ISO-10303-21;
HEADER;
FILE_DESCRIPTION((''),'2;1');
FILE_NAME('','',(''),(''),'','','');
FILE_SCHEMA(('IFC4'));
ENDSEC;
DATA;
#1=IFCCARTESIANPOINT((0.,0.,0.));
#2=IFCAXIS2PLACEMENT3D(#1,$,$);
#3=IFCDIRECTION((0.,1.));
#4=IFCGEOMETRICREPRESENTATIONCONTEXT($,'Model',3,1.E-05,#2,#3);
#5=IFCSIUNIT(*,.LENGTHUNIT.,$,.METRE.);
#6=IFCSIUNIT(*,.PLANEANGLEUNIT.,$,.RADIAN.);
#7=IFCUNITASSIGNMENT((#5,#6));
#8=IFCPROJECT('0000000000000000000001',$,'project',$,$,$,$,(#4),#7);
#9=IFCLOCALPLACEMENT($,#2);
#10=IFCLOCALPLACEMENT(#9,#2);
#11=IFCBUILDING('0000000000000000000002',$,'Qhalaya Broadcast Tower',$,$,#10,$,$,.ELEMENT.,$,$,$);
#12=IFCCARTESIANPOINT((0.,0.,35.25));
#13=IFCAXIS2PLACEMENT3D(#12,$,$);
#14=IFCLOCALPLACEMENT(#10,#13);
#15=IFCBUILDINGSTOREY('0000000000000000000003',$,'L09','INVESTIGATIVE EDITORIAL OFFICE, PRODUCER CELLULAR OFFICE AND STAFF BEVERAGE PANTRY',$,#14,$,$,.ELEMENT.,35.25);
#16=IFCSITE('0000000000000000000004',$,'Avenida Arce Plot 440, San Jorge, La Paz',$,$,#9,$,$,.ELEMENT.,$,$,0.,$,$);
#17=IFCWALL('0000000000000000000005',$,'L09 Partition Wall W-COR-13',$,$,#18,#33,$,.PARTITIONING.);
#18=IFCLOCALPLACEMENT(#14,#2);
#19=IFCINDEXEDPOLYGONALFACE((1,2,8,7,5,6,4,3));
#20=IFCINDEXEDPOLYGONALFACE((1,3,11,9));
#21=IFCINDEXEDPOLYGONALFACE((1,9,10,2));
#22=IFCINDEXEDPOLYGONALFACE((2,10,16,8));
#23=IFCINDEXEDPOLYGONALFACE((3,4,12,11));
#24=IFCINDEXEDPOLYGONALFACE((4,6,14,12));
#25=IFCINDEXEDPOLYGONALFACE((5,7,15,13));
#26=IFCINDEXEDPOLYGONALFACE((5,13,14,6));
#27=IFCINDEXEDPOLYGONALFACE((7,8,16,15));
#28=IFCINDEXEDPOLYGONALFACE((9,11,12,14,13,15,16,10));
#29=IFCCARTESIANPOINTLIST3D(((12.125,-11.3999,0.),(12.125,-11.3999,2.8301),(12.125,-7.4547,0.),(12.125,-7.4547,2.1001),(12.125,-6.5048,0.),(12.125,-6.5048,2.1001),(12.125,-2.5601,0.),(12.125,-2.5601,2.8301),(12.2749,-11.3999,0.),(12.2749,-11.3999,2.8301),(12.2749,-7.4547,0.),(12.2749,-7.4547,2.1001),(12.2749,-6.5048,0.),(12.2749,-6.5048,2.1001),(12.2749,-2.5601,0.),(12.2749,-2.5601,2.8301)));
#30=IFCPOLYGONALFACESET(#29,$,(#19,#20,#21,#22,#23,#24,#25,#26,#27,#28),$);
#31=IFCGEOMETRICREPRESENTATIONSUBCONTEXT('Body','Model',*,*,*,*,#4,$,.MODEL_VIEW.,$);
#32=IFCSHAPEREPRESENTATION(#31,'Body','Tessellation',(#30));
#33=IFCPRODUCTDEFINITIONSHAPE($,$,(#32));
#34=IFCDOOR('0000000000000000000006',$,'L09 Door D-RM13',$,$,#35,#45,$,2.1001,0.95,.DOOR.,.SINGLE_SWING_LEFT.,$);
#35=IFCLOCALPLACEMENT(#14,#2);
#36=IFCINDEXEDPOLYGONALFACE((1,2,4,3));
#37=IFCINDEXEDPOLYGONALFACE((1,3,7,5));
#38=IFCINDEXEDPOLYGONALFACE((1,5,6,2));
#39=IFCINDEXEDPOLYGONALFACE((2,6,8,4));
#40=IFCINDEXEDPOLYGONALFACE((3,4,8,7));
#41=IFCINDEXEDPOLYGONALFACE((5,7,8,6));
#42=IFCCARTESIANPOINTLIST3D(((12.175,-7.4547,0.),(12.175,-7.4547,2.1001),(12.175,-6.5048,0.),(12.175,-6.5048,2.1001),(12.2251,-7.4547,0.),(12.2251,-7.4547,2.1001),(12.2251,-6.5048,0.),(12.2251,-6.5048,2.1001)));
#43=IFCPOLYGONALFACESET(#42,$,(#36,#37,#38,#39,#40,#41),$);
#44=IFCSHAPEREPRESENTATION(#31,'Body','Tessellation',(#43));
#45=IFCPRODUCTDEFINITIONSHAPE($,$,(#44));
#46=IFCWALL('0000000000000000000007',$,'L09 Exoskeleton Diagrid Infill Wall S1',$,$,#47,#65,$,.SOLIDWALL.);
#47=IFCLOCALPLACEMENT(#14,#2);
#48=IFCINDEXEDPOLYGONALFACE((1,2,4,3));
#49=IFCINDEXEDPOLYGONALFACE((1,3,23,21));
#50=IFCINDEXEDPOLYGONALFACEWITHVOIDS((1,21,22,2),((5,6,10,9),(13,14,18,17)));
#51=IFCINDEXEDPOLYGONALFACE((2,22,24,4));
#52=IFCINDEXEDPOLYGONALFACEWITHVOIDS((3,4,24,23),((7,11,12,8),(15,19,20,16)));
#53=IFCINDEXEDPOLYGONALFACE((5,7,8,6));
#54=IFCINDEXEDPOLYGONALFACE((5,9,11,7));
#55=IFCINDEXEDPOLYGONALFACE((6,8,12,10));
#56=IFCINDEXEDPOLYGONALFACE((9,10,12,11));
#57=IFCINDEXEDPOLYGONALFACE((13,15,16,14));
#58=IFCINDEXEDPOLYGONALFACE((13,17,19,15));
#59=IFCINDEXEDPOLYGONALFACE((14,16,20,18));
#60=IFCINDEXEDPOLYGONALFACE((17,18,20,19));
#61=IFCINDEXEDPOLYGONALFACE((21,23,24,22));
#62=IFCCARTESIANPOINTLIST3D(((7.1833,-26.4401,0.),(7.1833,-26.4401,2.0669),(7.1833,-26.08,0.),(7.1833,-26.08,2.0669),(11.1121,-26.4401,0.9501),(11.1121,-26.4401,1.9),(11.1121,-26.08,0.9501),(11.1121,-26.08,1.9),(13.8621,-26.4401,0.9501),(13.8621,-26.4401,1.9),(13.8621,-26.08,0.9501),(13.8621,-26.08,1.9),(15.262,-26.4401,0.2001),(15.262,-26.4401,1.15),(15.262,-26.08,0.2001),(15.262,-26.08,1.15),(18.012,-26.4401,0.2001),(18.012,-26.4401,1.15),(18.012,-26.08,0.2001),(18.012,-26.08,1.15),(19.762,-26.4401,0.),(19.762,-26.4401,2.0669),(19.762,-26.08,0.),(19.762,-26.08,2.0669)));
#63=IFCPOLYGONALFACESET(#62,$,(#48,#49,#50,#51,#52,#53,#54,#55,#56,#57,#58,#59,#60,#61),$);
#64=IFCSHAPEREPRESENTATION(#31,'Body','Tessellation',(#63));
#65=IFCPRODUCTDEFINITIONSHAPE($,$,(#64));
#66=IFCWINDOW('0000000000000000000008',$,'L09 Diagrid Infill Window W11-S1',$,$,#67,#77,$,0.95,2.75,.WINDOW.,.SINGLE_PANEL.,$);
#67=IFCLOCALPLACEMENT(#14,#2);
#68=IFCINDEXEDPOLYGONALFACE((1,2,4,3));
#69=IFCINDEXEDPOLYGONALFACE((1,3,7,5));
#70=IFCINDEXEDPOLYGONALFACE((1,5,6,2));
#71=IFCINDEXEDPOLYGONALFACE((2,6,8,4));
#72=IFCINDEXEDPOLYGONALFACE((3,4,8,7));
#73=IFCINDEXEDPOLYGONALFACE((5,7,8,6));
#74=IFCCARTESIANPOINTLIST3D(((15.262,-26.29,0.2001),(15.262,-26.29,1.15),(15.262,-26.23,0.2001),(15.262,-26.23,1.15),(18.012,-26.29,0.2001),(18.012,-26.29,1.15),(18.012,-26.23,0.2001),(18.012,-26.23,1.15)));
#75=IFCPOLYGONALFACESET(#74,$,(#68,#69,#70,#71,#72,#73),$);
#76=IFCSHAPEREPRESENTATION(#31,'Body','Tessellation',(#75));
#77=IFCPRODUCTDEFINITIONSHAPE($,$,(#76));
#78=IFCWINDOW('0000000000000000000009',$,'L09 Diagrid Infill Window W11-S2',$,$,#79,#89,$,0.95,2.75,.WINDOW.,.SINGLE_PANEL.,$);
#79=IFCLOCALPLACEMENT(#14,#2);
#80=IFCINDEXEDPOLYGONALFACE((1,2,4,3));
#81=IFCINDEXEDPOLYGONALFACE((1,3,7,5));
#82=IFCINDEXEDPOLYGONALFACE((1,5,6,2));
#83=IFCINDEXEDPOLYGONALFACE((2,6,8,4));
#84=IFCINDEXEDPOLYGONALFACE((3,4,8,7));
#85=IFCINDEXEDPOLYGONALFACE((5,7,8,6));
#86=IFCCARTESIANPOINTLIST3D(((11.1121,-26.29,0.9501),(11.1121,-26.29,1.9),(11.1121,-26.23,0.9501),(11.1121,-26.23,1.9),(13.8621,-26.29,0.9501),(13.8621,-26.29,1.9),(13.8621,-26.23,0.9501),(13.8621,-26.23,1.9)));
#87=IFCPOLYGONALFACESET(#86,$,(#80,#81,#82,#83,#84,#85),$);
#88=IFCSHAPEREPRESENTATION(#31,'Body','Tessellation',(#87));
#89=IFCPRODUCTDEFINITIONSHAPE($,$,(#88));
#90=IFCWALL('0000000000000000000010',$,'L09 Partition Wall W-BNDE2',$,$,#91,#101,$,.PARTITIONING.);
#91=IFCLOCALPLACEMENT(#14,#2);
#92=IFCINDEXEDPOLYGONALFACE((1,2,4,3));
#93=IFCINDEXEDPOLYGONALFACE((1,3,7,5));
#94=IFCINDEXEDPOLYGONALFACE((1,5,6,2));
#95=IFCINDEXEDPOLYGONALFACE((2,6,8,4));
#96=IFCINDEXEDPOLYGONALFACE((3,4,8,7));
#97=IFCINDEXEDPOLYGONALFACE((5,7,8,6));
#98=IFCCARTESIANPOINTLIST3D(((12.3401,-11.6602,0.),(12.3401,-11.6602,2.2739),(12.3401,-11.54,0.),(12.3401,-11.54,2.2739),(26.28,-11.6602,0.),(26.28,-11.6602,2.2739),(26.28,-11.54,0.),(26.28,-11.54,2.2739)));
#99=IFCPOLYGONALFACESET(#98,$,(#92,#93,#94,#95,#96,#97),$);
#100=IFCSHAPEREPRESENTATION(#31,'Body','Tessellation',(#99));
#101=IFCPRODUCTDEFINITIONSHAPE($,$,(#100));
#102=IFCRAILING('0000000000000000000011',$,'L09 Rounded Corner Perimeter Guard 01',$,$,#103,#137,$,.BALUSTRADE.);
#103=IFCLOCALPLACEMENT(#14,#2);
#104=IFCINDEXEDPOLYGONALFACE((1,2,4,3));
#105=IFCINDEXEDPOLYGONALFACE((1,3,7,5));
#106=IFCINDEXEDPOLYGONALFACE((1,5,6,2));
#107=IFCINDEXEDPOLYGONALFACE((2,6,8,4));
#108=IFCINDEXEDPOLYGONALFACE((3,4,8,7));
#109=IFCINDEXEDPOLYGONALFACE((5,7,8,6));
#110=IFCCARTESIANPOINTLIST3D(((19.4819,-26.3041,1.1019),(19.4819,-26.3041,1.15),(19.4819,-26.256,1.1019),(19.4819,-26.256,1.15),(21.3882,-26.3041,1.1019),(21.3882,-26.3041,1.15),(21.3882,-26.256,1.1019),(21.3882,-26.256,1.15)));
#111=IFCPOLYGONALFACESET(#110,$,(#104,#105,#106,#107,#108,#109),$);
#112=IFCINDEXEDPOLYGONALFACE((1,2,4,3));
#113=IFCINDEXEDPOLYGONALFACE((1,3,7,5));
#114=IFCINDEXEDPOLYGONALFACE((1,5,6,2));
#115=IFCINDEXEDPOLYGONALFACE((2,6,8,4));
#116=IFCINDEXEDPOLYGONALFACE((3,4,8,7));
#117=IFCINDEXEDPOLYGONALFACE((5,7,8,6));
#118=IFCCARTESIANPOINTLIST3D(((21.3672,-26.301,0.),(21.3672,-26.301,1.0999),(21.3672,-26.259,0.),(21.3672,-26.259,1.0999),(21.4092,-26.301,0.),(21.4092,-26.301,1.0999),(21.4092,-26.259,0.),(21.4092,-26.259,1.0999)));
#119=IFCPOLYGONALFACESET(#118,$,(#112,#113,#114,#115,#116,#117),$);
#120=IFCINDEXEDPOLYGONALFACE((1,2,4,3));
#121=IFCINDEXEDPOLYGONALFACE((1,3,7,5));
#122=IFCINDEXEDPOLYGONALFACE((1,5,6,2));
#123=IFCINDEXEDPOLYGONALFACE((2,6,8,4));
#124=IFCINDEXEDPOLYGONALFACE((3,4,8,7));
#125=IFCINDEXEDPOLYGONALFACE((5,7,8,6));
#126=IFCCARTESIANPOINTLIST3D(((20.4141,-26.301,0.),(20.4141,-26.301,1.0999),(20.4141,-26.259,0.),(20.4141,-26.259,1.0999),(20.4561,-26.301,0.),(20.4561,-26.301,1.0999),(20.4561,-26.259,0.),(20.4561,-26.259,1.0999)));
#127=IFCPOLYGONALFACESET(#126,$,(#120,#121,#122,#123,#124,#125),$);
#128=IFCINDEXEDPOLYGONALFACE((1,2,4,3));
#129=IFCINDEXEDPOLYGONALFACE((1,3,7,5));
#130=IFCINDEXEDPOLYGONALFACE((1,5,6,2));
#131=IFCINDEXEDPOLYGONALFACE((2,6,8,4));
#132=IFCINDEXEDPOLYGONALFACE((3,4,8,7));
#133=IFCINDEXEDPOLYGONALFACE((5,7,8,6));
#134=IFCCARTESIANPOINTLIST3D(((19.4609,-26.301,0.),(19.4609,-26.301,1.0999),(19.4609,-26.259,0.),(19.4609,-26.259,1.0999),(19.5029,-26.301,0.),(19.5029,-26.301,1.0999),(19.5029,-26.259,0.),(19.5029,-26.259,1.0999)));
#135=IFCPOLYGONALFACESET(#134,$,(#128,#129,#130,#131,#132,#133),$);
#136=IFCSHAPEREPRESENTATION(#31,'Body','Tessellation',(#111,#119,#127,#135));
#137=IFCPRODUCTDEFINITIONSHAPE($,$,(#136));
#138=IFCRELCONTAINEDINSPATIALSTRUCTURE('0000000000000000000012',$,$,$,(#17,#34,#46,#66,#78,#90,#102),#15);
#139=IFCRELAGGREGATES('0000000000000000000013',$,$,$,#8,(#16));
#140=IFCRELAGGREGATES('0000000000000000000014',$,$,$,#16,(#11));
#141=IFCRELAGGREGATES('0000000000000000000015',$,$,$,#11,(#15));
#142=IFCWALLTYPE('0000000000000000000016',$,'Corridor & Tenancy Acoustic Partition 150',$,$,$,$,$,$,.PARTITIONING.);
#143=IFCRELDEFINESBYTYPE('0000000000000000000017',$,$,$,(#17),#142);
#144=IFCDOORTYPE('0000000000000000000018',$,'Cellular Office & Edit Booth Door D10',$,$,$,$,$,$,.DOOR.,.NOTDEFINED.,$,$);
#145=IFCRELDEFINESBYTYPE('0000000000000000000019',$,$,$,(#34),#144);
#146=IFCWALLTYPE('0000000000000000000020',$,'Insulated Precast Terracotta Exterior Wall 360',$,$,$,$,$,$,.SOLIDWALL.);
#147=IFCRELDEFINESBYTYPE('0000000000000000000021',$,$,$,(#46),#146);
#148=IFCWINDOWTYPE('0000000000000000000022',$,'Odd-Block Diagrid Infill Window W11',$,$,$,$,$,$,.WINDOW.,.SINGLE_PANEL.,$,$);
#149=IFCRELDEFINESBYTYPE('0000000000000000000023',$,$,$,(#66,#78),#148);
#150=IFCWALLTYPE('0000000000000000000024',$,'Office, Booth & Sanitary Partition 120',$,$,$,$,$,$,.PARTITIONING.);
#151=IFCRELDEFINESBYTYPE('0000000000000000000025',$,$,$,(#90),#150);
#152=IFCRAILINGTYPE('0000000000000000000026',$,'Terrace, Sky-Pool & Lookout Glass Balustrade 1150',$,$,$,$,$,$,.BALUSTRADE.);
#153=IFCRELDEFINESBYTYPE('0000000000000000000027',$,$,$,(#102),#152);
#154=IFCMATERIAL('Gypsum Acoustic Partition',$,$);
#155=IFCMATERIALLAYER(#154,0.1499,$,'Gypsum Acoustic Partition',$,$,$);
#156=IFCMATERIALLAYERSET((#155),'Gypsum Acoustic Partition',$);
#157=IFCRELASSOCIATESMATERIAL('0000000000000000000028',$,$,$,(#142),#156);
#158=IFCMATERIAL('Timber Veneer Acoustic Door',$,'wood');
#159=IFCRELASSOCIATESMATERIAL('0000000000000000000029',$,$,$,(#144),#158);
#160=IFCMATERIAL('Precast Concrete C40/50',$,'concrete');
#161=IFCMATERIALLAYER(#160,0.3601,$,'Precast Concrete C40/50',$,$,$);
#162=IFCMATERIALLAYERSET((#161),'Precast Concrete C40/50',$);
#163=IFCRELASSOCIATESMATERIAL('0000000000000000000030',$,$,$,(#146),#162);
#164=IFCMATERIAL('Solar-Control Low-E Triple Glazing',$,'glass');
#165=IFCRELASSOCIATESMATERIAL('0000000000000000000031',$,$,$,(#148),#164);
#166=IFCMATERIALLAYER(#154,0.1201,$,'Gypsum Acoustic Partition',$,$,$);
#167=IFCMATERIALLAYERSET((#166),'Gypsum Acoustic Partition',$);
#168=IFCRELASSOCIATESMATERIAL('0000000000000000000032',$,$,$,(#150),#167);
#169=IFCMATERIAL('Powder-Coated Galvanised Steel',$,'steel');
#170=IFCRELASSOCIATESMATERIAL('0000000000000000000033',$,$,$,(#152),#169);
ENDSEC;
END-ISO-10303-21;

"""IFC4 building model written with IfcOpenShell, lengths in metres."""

from ifc_helpers import new_model, si_unit, direction, frame, frame_2d, origin, origin_2d, place, context, subcontext, project, spatial, rectangle, extrude, material, layer, layer_set, type_object, element, fill, save


model = new_model("IFC4")

# Units and contexts
model_context = context("Model", 3, precision=1e-05, world=origin(), true_north=direction((0.0, 1.0)))
body_context = subcontext(model_context, "Body", "Model", "MODEL_VIEW")
ifc_project = project(units=[si_unit("LENGTHUNIT", "METRE"), si_unit("PLANEANGLEUNIT", "RADIAN")], contexts=[model_context])

# Site, building, storey
site_placement = place(None, origin())
site = spatial("IfcSite", under=ifc_project, at=site_placement, Name="Avenida Arce Plot 440, San Jorge, La Paz", CompositionType="ELEMENT", RefElevation=0.0)
building_placement = place(site_placement, origin())
building = spatial("IfcBuilding", under=site, at=building_placement, Name="Qhalaya Broadcast Tower", CompositionType="ELEMENT")
storey_placement = place(building_placement, frame((0.0, 0.0, 35.25)))
storey = spatial("IfcBuildingStorey", under=building, at=storey_placement, Name="L09", Description="INVESTIGATIVE EDITORIAL OFFICE, PRODUCER CELLULAR OFFICE AND STAFF BEVERAGE PANTRY", CompositionType="ELEMENT", Elevation=35.25)

# Wall, opening, door
ifc_material_1 = material(Name="Gypsum Acoustic Partition")
ifc_layer_1 = layer(ifc_material_1, 0.1499, Name="Gypsum Acoustic Partition")
ifc_layer_set_1 = layer_set([ifc_layer_1], Name="Gypsum Acoustic Partition")
wall_type_1 = type_object("IfcWallType", Name="Corridor & Tenancy Acoustic Partition 150", PredefinedType="PARTITIONING", material=ifc_layer_set_1)
wall_1_placement = place(storey_placement, frame((12.2, -11.3999, 0.0), z_axis=(0.0, 0.0, 1.0), x_axis=(0.0, 1.0, 0.0)))
wall_1 = element("IfcWall", 1, at=wall_1_placement, inside=storey, type_object=wall_type_1, Name="L09 Partition Wall W-COR-13", PredefinedType="PARTITIONING", context=body_context, shape_type="SweptSolid", body=[
    extrude(rectangle(XDim=8.8398, YDim=0.1499, at=frame_2d((4.4199, 0.0))), origin(), (0.0, 0.0, 1.0), 2.8301),
])
opening_1_placement = place(wall_1_placement, frame((3.9451, 0.0, 0.0)))
opening_1 = element("IfcOpeningElement", 2, at=opening_1_placement, cuts=wall_1, PredefinedType="OPENING", context=body_context, shape_type="SweptSolid", body=[
    extrude(rectangle(XDim=0.95, YDim=2.1001, at=frame_2d((0.4751, 1.05))), frame((0.0, 0.0869, 0.0), z_axis=(0.0, -1.0, 0.0), x_axis=(1.0, 0.0, 0.0)), (0.0, 0.0, 1.0), 0.1738),
])
ifc_material_2 = material(Name="Timber Veneer Acoustic Door", Category="wood")
door_type = type_object("IfcDoorType", Name="Cellular Office & Edit Booth Door D10", OperationType="NOTDEFINED", PredefinedType="DOOR", material=ifc_material_2)
door_placement = place(opening_1_placement, origin())
door = element("IfcDoor", 3, at=door_placement, inside=storey, type_object=door_type, Name="L09 Door D-RM13", OperationType="SINGLE_SWING_LEFT", OverallHeight=2.1001, OverallWidth=0.95, PredefinedType="DOOR", context=body_context, shape_type="SweptSolid", body=[
    extrude(rectangle(XDim=0.95, YDim=2.1001, at=frame_2d((0.4751, 1.05))), frame((0.0, 0.0249, 0.0), z_axis=(0.0, -1.0, 0.0), x_axis=(1.0, 0.0, 0.0)), (0.0, 0.0, 1.0), 0.05),
])
fill(opening_1, door)

# Wall, openings, windows
ifc_material_3 = material(Name="Precast Concrete C40/50", Category="concrete")
ifc_layer_2 = layer(ifc_material_3, 0.3601, Name="Precast Concrete C40/50")
ifc_layer_set_2 = layer_set([ifc_layer_2], Name="Precast Concrete C40/50")
wall_type_2 = type_object("IfcWallType", Name="Insulated Precast Terracotta Exterior Wall 360", PredefinedType="SOLIDWALL", material=ifc_layer_set_2)
wall_2_placement = place(storey_placement, frame((19.762, -26.26, 0.0), z_axis=(0.0, 0.0, 1.0), x_axis=(-1.0, 0.0, 0.0)))
wall_2 = element("IfcWall", 4, at=wall_2_placement, inside=storey, type_object=wall_type_2, Name="L09 Exoskeleton Diagrid Infill Wall S1", PredefinedType="SOLIDWALL", context=body_context, shape_type="SweptSolid", body=[
    extrude(rectangle(XDim=12.5786, YDim=0.3601, at=frame_2d((6.2893, 0.0))), origin(), (0.0, 0.0, 1.0), 2.0669),
])
opening_2_placement = place(wall_2_placement, frame((1.75, 0.0, 0.2)))
opening_2 = element("IfcOpeningElement", 5, at=opening_2_placement, cuts=wall_2, PredefinedType="OPENING", context=body_context, shape_type="SweptSolid", body=[
    extrude(rectangle(XDim=2.75, YDim=0.95, at=frame_2d((1.375, 0.4751))), frame((0.0, 0.1921, 0.0), z_axis=(0.0, -1.0, 0.0), x_axis=(1.0, 0.0, 0.0)), (0.0, 0.0, 1.0), 0.384),
])
opening_3_placement = place(wall_2_placement, frame((5.8999, 0.0, 0.95)))
opening_3 = element("IfcOpeningElement", 6, at=opening_3_placement, cuts=wall_2, PredefinedType="OPENING", context=body_context, shape_type="SweptSolid", body=[
    extrude(rectangle(XDim=2.75, YDim=0.95, at=frame_2d((1.375, 0.4751))), frame((0.0, 0.1921, 0.0), z_axis=(0.0, -1.0, 0.0), x_axis=(1.0, 0.0, 0.0)), (0.0, 0.0, 1.0), 0.384),
])
ifc_material_4 = material(Name="Solar-Control Low-E Triple Glazing", Category="glass")
window_type = type_object("IfcWindowType", Name="Odd-Block Diagrid Infill Window W11", PartitioningType="SINGLE_PANEL", PredefinedType="WINDOW", material=ifc_material_4)
window_1_placement = place(opening_2_placement, origin())
window_1 = element("IfcWindow", 7, at=window_1_placement, inside=storey, type_object=window_type, Name="L09 Diagrid Infill Window W11-S1", OverallHeight=0.95, OverallWidth=2.75, PartitioningType="SINGLE_PANEL", PredefinedType="WINDOW", context=body_context, shape_type="SweptSolid", body=[
    extrude(rectangle(XDim=2.75, YDim=0.95, at=frame_2d((1.375, 0.4751))), frame((0.0, 0.03, 0.0), z_axis=(0.0, -1.0, 0.0), x_axis=(1.0, 0.0, 0.0)), (0.0, 0.0, 1.0), 0.0601),
])
fill(opening_2, window_1)
window_2_placement = place(opening_3_placement, origin())
window_2 = element("IfcWindow", 8, at=window_2_placement, inside=storey, type_object=window_type, Name="L09 Diagrid Infill Window W11-S2", OverallHeight=0.95, OverallWidth=2.75, PartitioningType="SINGLE_PANEL", PredefinedType="WINDOW", context=body_context, shape_type="SweptSolid", body=[
    extrude(rectangle(XDim=2.75, YDim=0.95, at=frame_2d((1.375, 0.4751))), frame((0.0, 0.03, 0.0), z_axis=(0.0, -1.0, 0.0), x_axis=(1.0, 0.0, 0.0)), (0.0, 0.0, 1.0), 0.0601),
])
fill(opening_3, window_2)

# Wall
ifc_layer_3 = layer(ifc_material_1, 0.1201, Name="Gypsum Acoustic Partition")
ifc_layer_set_3 = layer_set([ifc_layer_3], Name="Gypsum Acoustic Partition")
wall_type_3 = type_object("IfcWallType", Name="Office, Booth & Sanitary Partition 120", PredefinedType="PARTITIONING", material=ifc_layer_set_3)
wall_3_placement = place(storey_placement, frame((12.3401, -11.6001, 0.0), z_axis=(0.0, 0.0, 1.0), x_axis=(1.0, 0.0, 0.0)))
element("IfcWall", 9, at=wall_3_placement, inside=storey, type_object=wall_type_3, Name="L09 Partition Wall W-BNDE2", PredefinedType="PARTITIONING", context=body_context, shape_type="SweptSolid", body=[
    extrude(rectangle(XDim=13.9399, YDim=0.1201, at=frame_2d((6.97, 0.0))), origin(), (0.0, 0.0, 1.0), 2.2739),
])

# Railing
ifc_material_5 = material(Name="Powder-Coated Galvanised Steel", Category="steel")
railing_type = type_object("IfcRailingType", Name="Terrace, Sky-Pool & Lookout Glass Balustrade 1150", PredefinedType="BALUSTRADE", material=ifc_material_5)
railing_1_placement = place(storey_placement, frame((21.3882, -26.28, 0.0)))
element("IfcRailing", 10, at=railing_1_placement, inside=storey, type_object=railing_type, Name="L09 Rounded Corner Perimeter Guard 01", PredefinedType="BALUSTRADE", context=body_context, shape_type="SweptSolid", body=[
    extrude(rectangle(XDim=0.0481, YDim=0.0481, at=origin_2d()), frame((0.0, 0.0, 1.126), z_axis=(-1.0, 0.0, 0.0), x_axis=(0.0, -1.0, 0.0)), (0.0, 0.0, 1.0), 1.9062),
    extrude(rectangle(XDim=0.042, YDim=0.042, at=origin_2d()), origin(), (0.0, 0.0, 1.0), 1.0999),
    extrude(rectangle(XDim=0.042, YDim=0.042, at=origin_2d()), frame((-0.9531, 0.0, 0.0)), (0.0, 0.0, 1.0), 1.0999),
    extrude(rectangle(XDim=0.042, YDim=0.042, at=origin_2d()), frame((-1.9062, 0.0, 0.0)), (0.0, 0.0, 1.0), 1.0999),
])

save(model, "model.ifc")
